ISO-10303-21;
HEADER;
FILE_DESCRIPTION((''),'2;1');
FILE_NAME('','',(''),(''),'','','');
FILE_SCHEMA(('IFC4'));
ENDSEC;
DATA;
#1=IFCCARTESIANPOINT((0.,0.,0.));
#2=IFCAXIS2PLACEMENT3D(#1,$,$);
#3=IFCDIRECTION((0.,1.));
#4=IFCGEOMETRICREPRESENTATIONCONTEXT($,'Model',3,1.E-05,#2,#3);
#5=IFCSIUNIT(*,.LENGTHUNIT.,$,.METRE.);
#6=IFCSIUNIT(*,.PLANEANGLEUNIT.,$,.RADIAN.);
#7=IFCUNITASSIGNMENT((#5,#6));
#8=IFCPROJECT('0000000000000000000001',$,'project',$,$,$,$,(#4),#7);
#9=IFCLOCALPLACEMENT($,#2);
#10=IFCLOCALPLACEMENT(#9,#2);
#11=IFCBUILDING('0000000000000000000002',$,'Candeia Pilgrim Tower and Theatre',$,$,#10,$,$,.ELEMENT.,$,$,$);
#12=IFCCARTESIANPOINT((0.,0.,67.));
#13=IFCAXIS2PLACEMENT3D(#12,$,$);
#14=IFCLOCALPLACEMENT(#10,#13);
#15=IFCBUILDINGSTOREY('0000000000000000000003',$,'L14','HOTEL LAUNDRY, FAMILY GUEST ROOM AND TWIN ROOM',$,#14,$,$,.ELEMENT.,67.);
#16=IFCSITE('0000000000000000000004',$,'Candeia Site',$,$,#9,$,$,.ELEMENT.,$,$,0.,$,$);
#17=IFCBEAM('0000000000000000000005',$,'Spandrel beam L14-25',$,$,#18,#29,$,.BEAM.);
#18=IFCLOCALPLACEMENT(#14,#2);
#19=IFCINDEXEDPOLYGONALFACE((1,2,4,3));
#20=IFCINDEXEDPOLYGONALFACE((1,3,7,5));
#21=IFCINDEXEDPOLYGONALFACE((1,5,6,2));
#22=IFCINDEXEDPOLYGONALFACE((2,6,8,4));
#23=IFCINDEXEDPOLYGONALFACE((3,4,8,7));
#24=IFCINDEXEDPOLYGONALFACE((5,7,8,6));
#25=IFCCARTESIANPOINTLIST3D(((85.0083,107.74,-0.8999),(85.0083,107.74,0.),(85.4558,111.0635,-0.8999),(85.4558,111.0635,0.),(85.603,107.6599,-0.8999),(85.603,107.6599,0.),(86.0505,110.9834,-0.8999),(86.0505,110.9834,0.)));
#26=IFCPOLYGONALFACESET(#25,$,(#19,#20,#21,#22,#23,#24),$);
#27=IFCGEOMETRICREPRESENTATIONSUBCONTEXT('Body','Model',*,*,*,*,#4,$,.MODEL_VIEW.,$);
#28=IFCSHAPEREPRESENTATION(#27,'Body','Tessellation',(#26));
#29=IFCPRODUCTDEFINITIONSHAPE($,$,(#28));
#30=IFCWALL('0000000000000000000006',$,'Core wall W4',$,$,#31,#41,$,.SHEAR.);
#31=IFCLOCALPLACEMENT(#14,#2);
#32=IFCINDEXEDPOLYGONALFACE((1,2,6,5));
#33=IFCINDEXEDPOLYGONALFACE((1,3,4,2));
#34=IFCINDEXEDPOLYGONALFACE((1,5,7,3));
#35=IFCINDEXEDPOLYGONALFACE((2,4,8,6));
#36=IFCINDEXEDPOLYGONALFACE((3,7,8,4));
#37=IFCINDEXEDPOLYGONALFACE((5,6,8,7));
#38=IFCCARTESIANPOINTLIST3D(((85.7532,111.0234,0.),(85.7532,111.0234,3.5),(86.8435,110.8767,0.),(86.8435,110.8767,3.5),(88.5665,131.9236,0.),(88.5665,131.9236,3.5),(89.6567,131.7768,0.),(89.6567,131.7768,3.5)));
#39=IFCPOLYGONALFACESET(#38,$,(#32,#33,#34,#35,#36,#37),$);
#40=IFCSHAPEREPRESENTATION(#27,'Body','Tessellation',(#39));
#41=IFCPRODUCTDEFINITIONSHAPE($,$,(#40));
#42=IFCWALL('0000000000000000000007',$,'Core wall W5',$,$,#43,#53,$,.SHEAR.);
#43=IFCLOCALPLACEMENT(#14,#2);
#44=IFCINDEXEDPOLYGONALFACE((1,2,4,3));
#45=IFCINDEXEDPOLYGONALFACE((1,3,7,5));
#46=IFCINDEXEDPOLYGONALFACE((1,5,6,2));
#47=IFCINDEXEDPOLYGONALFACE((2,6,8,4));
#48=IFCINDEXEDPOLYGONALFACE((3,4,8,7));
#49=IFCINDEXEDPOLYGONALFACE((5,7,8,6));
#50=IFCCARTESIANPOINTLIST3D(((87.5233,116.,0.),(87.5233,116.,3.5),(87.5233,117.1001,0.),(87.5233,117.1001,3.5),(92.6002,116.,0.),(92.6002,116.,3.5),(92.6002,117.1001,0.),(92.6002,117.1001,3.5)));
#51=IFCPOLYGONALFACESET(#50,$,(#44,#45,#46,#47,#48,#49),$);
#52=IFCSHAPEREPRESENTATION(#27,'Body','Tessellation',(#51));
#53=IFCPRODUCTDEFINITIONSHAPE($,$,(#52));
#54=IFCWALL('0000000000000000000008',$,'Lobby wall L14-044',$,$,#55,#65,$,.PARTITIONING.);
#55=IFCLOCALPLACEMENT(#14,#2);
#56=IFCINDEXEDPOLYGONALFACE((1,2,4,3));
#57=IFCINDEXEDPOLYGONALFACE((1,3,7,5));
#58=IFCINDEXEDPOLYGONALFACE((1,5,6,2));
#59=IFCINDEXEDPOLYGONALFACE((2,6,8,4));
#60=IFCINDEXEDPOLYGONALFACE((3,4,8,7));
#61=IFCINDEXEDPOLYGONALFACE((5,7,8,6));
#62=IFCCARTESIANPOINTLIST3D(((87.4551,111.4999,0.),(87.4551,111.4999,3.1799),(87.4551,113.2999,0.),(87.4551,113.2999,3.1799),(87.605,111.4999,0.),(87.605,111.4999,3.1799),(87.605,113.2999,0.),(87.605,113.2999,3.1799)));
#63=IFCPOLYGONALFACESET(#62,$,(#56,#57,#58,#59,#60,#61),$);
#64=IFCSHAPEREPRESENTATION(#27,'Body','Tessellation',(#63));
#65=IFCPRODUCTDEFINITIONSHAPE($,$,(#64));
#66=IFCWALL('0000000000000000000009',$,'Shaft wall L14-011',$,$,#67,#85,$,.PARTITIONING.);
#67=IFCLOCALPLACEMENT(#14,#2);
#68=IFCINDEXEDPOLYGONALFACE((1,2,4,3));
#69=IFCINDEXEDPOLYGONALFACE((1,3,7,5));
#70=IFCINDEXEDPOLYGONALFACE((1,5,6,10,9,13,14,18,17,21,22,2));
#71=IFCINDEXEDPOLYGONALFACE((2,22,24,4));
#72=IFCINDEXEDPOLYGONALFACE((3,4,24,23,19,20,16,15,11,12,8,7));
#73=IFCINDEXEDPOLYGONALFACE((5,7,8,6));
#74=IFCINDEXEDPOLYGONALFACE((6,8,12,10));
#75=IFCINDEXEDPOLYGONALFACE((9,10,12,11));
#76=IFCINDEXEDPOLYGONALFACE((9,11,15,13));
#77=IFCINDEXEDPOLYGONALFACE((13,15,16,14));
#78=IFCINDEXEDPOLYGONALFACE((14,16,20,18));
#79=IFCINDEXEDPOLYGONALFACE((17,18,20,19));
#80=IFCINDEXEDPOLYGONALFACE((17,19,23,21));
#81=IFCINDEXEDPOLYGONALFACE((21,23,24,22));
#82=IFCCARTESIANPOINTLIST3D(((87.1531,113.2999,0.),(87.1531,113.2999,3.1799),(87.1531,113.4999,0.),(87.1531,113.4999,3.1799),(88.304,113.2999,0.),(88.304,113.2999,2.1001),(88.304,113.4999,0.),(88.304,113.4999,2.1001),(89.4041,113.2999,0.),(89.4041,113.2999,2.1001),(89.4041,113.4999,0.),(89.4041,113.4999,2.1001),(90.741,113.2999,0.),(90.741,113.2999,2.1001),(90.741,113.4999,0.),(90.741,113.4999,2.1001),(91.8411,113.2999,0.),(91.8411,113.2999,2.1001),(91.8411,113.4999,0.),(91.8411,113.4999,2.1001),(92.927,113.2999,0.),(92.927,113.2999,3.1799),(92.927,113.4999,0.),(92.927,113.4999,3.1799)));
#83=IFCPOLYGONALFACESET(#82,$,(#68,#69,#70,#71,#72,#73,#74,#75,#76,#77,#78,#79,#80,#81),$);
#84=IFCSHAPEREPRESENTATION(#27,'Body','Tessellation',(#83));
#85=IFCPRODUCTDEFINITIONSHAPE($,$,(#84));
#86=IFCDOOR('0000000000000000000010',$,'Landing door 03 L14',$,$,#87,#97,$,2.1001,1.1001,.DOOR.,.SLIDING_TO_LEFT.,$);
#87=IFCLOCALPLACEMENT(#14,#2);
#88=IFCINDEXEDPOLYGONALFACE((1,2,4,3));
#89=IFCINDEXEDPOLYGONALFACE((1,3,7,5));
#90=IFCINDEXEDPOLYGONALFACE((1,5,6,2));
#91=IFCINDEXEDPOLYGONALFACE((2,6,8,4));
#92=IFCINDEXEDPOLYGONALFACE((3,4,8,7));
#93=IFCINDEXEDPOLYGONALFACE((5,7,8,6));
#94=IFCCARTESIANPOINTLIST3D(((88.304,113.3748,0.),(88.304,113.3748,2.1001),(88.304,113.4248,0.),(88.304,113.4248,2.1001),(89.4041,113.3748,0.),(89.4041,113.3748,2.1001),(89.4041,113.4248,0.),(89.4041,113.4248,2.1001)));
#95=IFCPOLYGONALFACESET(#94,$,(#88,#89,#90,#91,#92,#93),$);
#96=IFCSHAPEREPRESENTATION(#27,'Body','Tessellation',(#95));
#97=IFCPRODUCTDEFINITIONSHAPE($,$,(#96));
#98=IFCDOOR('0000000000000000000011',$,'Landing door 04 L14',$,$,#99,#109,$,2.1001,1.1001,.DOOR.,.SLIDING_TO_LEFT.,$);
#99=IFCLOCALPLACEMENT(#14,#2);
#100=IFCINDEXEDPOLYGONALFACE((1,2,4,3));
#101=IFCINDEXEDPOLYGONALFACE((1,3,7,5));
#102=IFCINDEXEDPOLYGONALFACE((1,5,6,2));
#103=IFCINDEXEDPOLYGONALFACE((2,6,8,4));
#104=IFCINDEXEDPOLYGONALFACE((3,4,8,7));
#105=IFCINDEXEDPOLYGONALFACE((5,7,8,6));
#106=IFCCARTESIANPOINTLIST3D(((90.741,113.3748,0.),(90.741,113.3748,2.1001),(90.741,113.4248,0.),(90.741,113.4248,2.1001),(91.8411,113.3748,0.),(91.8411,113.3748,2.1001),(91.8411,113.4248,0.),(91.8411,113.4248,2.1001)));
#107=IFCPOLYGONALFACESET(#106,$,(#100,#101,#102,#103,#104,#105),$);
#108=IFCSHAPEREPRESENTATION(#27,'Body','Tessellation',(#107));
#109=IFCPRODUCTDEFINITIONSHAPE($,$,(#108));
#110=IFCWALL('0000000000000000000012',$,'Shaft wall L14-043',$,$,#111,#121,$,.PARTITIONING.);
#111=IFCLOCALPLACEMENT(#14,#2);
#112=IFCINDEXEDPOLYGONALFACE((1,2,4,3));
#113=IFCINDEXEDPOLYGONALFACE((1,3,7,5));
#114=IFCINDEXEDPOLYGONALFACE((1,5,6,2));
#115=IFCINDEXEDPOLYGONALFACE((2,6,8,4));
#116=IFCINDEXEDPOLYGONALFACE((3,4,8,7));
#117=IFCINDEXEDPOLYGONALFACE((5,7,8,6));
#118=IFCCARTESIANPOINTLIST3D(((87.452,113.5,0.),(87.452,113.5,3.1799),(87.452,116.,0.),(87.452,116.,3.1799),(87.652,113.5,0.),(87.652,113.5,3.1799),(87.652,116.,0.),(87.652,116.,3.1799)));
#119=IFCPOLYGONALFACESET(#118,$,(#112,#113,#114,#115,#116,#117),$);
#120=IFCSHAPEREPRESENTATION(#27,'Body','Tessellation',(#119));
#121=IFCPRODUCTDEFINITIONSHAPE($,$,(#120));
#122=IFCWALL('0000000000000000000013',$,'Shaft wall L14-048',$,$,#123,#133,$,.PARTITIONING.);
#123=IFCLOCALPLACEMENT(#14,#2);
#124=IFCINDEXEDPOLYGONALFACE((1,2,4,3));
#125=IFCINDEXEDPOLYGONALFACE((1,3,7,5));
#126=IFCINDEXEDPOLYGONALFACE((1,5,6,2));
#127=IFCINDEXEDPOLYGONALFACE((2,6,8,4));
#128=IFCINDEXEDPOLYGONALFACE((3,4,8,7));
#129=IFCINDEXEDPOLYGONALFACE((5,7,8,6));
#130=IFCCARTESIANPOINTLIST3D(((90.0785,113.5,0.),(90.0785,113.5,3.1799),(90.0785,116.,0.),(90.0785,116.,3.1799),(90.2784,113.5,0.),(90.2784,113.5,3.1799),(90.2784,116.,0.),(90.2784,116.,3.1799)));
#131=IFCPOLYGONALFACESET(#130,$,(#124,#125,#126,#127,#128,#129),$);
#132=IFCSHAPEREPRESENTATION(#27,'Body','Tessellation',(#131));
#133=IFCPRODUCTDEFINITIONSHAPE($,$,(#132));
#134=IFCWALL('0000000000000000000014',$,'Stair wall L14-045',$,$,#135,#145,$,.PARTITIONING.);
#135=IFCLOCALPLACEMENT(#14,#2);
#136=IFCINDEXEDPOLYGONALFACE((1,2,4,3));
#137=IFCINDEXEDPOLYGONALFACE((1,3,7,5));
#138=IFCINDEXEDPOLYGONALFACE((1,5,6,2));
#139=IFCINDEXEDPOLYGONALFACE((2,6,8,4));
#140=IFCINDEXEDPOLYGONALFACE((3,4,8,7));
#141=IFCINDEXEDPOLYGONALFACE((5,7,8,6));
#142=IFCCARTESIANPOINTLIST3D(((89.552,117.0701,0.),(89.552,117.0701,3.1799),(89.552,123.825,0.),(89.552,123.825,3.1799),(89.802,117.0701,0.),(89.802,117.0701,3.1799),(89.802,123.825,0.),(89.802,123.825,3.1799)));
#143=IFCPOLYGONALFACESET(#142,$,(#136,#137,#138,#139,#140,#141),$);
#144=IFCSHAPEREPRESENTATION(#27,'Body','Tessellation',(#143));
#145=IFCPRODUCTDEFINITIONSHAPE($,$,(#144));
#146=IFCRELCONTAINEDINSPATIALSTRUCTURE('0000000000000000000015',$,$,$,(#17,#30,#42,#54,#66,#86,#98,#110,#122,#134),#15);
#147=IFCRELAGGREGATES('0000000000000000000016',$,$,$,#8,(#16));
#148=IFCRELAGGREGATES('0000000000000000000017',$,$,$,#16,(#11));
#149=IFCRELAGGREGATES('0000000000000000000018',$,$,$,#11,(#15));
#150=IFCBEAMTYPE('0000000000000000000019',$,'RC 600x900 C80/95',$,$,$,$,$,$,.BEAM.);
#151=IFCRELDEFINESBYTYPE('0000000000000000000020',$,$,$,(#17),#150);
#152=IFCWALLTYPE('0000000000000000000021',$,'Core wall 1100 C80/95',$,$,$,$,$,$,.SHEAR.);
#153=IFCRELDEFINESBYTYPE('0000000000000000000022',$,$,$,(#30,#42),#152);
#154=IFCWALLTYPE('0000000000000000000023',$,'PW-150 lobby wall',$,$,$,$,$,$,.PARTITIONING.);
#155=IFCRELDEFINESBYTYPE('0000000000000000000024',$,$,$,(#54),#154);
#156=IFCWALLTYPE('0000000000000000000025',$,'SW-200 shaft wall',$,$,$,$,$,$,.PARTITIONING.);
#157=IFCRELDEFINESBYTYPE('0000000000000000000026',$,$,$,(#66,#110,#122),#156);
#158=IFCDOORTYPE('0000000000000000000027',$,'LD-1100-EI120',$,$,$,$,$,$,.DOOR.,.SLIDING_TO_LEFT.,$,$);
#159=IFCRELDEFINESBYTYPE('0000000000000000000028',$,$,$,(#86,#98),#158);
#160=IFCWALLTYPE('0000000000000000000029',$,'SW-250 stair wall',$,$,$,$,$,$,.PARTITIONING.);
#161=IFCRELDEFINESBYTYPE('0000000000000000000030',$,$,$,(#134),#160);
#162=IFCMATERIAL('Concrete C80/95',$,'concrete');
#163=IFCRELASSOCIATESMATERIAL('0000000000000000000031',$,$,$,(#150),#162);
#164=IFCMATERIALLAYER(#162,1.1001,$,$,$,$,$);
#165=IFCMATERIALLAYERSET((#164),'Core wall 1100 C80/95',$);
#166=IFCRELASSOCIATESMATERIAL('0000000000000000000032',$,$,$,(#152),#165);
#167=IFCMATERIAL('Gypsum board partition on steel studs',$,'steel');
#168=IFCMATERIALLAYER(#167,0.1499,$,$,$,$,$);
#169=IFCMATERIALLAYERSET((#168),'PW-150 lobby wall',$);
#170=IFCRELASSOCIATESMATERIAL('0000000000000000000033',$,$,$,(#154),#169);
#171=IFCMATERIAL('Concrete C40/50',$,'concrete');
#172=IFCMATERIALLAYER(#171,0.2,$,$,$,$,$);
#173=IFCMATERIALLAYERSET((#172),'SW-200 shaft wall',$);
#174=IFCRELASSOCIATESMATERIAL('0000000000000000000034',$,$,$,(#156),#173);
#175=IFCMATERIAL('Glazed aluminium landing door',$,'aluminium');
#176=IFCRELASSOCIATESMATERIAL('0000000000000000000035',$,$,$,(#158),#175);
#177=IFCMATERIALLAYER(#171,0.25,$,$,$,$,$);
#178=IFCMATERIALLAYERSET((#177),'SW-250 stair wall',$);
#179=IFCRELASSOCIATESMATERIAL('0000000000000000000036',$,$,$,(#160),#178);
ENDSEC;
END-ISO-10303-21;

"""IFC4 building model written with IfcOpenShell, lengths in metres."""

from ifc_helpers import new_model, si_unit, direction, frame, frame_2d, origin, origin_2d, place, context, subcontext, project, spatial, rectangle, extrude, material, layer, layer_set, material_profile, profile_set, type_object, element, fill, save


model = new_model("IFC4")

# Units and contexts
model_context = context("Model", 3, precision=1e-05, world=origin(), true_north=direction((0.0, 1.0)))
body_context = subcontext(model_context, "Body", "Model", "MODEL_VIEW")
ifc_project = project(units=[si_unit("LENGTHUNIT", "METRE"), si_unit("PLANEANGLEUNIT", "RADIAN")], contexts=[model_context])

# Site, building, storey
site_placement = place(None, origin())
site = spatial("IfcSite", under=ifc_project, at=site_placement, Name="Candeia Site", CompositionType="ELEMENT", RefElevation=0.0)
building_placement = place(site_placement, origin())
building = spatial("IfcBuilding", under=site, at=building_placement, Name="Candeia Pilgrim Tower and Theatre", CompositionType="ELEMENT")
storey_placement = place(building_placement, frame((0.0, 0.0, 67.0)))
storey = spatial("IfcBuildingStorey", under=building, at=storey_placement, Name="L14", Description="HOTEL LAUNDRY, FAMILY GUEST ROOM AND TWIN ROOM", CompositionType="ELEMENT", Elevation=67.0)

# Beam
ifc_material_1 = material(Name="Concrete C80/95", Category="concrete")
ifc_material_profile = material_profile(ifc_material_1, rectangle(XDim=0.6001, YDim=0.8999, at=origin_2d()))
ifc_profile_set = profile_set([ifc_material_profile], Name="Concrete C80/95")
beam_type = type_object("IfcBeamType", Name="RC 600x900 C80/95", PredefinedType="BEAM", material=ifc_profile_set)
beam_placement = place(storey_placement, frame((85.7532, 111.0234, -0.45), z_axis=(-0.133446, -0.991056, 0.0), x_axis=(0.991056, -0.133446, 0.0)))
element("IfcBeam", 1, at=beam_placement, inside=storey, type_object=beam_type, Name="Spandrel beam L14-25", PredefinedType="BEAM", context=body_context, shape_type="SweptSolid", body=[
    extrude(rectangle(XDim=0.6001, YDim=0.8999, at=origin_2d()), origin(), (0.0, 0.0, 1.0), 3.3535),
])

# Walls
ifc_layer_1 = layer(ifc_material_1, 1.1001)
ifc_layer_set_1 = layer_set([ifc_layer_1], Name="Core wall 1100 C80/95")
wall_type_1 = type_object("IfcWallType", Name="Core wall 1100 C80/95", PredefinedType="SHEAR", material=ifc_layer_set_1)
wall_1_placement = place(storey_placement, frame((86.2983, 110.95, 0.0), z_axis=(0.0, 0.0, 1.0), x_axis=(0.1334, 0.991062, 0.0)))
element("IfcWall", 2, at=wall_1_placement, inside=storey, type_object=wall_type_1, Name="Core wall W4", PredefinedType="SHEAR", context=body_context, shape_type="SweptSolid", body=[
    extrude(rectangle(XDim=21.0886, YDim=1.1001, at=frame_2d((10.5444, 0.0))), origin(), (0.0, 0.0, 1.0), 3.5),
])
wall_2_placement = place(storey_placement, frame((87.5232, 116.55, 0.0), z_axis=(0.0, 0.0, 1.0), x_axis=(1.0, 0.0, 0.0)))
element("IfcWall", 3, at=wall_2_placement, inside=storey, type_object=wall_type_1, Name="Core wall W5", PredefinedType="SHEAR", context=body_context, shape_type="SweptSolid", body=[
    extrude(rectangle(XDim=5.0769, YDim=1.1001, at=frame_2d((2.5386, 0.0))), origin(), (0.0, 0.0, 1.0), 3.5),
])

# Wall
ifc_material_2 = material(Name="Gypsum board partition on steel studs", Category="steel")
ifc_layer_2 = layer(ifc_material_2, 0.1499)
ifc_layer_set_2 = layer_set([ifc_layer_2], Name="PW-150 lobby wall")
wall_type_2 = type_object("IfcWallType", Name="PW-150 lobby wall", PredefinedType="PARTITIONING", material=ifc_layer_set_2)
wall_3_placement = place(storey_placement, frame((87.53, 111.5, 0.0), z_axis=(0.0, 0.0, 1.0), x_axis=(0.0, 1.0, 0.0)))
element("IfcWall", 4, at=wall_3_placement, inside=storey, type_object=wall_type_2, Name="Lobby wall L14-044", PredefinedType="PARTITIONING", context=body_context, shape_type="SweptSolid", body=[
    extrude(rectangle(XDim=1.8, YDim=0.1499, at=frame_2d((0.8999, 0.0))), origin(), (0.0, 0.0, 1.0), 3.1799),
])

# Wall, openings, doors
ifc_material_3 = material(Name="Concrete C40/50", Category="concrete")
ifc_layer_3 = layer(ifc_material_3, 0.2)
ifc_layer_set_3 = layer_set([ifc_layer_3], Name="SW-200 shaft wall")
wall_type_3 = type_object("IfcWallType", Name="SW-200 shaft wall", PredefinedType="PARTITIONING", material=ifc_layer_set_3)
wall_4_placement = place(storey_placement, frame((87.1531, 113.3999, 0.0), z_axis=(0.0, 0.0, 1.0), x_axis=(1.0, 0.0, 0.0)))
wall_4 = element("IfcWall", 5, at=wall_4_placement, inside=storey, type_object=wall_type_3, Name="Shaft wall L14-011", PredefinedType="PARTITIONING", context=body_context, shape_type="SweptSolid", body=[
    extrude(rectangle(XDim=5.7739, YDim=0.2, at=frame_2d((2.887, 0.0))), origin(), (0.0, 0.0, 1.0), 3.1799),
])
opening_1_placement = place(wall_4_placement, frame((1.1509, 0.0, 0.0)))
opening_1 = element("IfcOpeningElement", 6, at=opening_1_placement, cuts=wall_4, PredefinedType="OPENING", context=body_context, shape_type="SweptSolid", body=[
    extrude(rectangle(XDim=1.1001, YDim=2.1001, at=frame_2d((0.55, 1.05))), frame((0.0, 0.1099, 0.0), z_axis=(0.0, -1.0, 0.0), x_axis=(1.0, 0.0, 0.0)), (0.0, 0.0, 1.0), 0.22),
])
opening_2_placement = place(wall_4_placement, frame((3.5879, 0.0, 0.0)))
opening_2 = element("IfcOpeningElement", 7, at=opening_2_placement, cuts=wall_4, PredefinedType="OPENING", context=body_context, shape_type="SweptSolid", body=[
    extrude(rectangle(XDim=1.1001, YDim=2.1001, at=frame_2d((0.55, 1.05))), frame((0.0, 0.1099, 0.0), z_axis=(0.0, -1.0, 0.0), x_axis=(1.0, 0.0, 0.0)), (0.0, 0.0, 1.0), 0.22),
])
ifc_material_4 = material(Name="Glazed aluminium landing door", Category="aluminium")
door_type_1 = type_object("IfcDoorType", Name="LD-1100-EI120", OperationType="SLIDING_TO_LEFT", PredefinedType="DOOR", material=ifc_material_4)
door_1_placement = place(opening_1_placement, origin())
door_1 = element("IfcDoor", 8, at=door_1_placement, inside=storey, type_object=door_type_1, Name="Landing door 03 L14", OperationType="SLIDING_TO_LEFT", OverallHeight=2.1001, OverallWidth=1.1001, PredefinedType="DOOR", context=body_context, shape_type="SweptSolid", body=[
    extrude(rectangle(XDim=1.1001, YDim=2.1001, at=frame_2d((0.55, 1.05))), frame((0.0, 0.0249, 0.0), z_axis=(0.0, -1.0, 0.0), x_axis=(1.0, 0.0, 0.0)), (0.0, 0.0, 1.0), 0.05),
])
fill(opening_1, door_1)
door_2_placement = place(opening_2_placement, origin())
door_2 = element("IfcDoor", 9, at=door_2_placement, inside=storey, type_object=door_type_1, Name="Landing door 04 L14", OperationType="SLIDING_TO_LEFT", OverallHeight=2.1001, OverallWidth=1.1001, PredefinedType="DOOR", context=body_context, shape_type="SweptSolid", body=[
    extrude(rectangle(XDim=1.1001, YDim=2.1001, at=frame_2d((0.55, 1.05))), frame((0.0, 0.0249, 0.0), z_axis=(0.0, -1.0, 0.0), x_axis=(1.0, 0.0, 0.0)), (0.0, 0.0, 1.0), 0.05),
])
fill(opening_2, door_2)

# Walls
for number, where, z_axis, x_axis, name in (
    (10, (87.552, 113.5, 0.0), (0.0, 0.0, 1.0), (0.0, 1.0, 0.0), "Shaft wall L14-043"),
    (11, (90.1785, 113.5, 0.0), (0.0, 0.0, 1.0), (0.0, 1.0, 0.0), "Shaft wall L14-048"),
):
    element("IfcWall", number, at=place(storey_placement, frame(where, z_axis=z_axis, x_axis=x_axis)), inside=storey, type_object=wall_type_3, Name=name, PredefinedType="PARTITIONING", context=body_context, shape_type="SweptSolid", body=[
        extrude(rectangle(XDim=2.5, YDim=0.2, at=frame_2d((1.25, 0.0))), origin(), (0.0, 0.0, 1.0), 3.1799),
    ])
ifc_layer_4 = layer(ifc_material_3, 0.25)
ifc_layer_set_4 = layer_set([ifc_layer_4], Name="SW-250 stair wall")
wall_type_4 = type_object("IfcWallType", Name="SW-250 stair wall", PredefinedType="PARTITIONING", material=ifc_layer_set_4)
wall_5_placement = place(storey_placement, frame((89.677, 117.0701, 0.0), z_axis=(0.0, 0.0, 1.0), x_axis=(0.0, 1.0, 0.0)))
element("IfcWall", 12, at=wall_5_placement, inside=storey, type_object=wall_type_4, Name="Stair wall L14-045", PredefinedType="PARTITIONING", context=body_context, shape_type="SweptSolid", body=[
    extrude(rectangle(XDim=6.7549, YDim=0.25, at=frame_2d((3.3774, 0.0))), origin(), (0.0, 0.0, 1.0), 3.1799),
])

save(model, "model.ifc")
